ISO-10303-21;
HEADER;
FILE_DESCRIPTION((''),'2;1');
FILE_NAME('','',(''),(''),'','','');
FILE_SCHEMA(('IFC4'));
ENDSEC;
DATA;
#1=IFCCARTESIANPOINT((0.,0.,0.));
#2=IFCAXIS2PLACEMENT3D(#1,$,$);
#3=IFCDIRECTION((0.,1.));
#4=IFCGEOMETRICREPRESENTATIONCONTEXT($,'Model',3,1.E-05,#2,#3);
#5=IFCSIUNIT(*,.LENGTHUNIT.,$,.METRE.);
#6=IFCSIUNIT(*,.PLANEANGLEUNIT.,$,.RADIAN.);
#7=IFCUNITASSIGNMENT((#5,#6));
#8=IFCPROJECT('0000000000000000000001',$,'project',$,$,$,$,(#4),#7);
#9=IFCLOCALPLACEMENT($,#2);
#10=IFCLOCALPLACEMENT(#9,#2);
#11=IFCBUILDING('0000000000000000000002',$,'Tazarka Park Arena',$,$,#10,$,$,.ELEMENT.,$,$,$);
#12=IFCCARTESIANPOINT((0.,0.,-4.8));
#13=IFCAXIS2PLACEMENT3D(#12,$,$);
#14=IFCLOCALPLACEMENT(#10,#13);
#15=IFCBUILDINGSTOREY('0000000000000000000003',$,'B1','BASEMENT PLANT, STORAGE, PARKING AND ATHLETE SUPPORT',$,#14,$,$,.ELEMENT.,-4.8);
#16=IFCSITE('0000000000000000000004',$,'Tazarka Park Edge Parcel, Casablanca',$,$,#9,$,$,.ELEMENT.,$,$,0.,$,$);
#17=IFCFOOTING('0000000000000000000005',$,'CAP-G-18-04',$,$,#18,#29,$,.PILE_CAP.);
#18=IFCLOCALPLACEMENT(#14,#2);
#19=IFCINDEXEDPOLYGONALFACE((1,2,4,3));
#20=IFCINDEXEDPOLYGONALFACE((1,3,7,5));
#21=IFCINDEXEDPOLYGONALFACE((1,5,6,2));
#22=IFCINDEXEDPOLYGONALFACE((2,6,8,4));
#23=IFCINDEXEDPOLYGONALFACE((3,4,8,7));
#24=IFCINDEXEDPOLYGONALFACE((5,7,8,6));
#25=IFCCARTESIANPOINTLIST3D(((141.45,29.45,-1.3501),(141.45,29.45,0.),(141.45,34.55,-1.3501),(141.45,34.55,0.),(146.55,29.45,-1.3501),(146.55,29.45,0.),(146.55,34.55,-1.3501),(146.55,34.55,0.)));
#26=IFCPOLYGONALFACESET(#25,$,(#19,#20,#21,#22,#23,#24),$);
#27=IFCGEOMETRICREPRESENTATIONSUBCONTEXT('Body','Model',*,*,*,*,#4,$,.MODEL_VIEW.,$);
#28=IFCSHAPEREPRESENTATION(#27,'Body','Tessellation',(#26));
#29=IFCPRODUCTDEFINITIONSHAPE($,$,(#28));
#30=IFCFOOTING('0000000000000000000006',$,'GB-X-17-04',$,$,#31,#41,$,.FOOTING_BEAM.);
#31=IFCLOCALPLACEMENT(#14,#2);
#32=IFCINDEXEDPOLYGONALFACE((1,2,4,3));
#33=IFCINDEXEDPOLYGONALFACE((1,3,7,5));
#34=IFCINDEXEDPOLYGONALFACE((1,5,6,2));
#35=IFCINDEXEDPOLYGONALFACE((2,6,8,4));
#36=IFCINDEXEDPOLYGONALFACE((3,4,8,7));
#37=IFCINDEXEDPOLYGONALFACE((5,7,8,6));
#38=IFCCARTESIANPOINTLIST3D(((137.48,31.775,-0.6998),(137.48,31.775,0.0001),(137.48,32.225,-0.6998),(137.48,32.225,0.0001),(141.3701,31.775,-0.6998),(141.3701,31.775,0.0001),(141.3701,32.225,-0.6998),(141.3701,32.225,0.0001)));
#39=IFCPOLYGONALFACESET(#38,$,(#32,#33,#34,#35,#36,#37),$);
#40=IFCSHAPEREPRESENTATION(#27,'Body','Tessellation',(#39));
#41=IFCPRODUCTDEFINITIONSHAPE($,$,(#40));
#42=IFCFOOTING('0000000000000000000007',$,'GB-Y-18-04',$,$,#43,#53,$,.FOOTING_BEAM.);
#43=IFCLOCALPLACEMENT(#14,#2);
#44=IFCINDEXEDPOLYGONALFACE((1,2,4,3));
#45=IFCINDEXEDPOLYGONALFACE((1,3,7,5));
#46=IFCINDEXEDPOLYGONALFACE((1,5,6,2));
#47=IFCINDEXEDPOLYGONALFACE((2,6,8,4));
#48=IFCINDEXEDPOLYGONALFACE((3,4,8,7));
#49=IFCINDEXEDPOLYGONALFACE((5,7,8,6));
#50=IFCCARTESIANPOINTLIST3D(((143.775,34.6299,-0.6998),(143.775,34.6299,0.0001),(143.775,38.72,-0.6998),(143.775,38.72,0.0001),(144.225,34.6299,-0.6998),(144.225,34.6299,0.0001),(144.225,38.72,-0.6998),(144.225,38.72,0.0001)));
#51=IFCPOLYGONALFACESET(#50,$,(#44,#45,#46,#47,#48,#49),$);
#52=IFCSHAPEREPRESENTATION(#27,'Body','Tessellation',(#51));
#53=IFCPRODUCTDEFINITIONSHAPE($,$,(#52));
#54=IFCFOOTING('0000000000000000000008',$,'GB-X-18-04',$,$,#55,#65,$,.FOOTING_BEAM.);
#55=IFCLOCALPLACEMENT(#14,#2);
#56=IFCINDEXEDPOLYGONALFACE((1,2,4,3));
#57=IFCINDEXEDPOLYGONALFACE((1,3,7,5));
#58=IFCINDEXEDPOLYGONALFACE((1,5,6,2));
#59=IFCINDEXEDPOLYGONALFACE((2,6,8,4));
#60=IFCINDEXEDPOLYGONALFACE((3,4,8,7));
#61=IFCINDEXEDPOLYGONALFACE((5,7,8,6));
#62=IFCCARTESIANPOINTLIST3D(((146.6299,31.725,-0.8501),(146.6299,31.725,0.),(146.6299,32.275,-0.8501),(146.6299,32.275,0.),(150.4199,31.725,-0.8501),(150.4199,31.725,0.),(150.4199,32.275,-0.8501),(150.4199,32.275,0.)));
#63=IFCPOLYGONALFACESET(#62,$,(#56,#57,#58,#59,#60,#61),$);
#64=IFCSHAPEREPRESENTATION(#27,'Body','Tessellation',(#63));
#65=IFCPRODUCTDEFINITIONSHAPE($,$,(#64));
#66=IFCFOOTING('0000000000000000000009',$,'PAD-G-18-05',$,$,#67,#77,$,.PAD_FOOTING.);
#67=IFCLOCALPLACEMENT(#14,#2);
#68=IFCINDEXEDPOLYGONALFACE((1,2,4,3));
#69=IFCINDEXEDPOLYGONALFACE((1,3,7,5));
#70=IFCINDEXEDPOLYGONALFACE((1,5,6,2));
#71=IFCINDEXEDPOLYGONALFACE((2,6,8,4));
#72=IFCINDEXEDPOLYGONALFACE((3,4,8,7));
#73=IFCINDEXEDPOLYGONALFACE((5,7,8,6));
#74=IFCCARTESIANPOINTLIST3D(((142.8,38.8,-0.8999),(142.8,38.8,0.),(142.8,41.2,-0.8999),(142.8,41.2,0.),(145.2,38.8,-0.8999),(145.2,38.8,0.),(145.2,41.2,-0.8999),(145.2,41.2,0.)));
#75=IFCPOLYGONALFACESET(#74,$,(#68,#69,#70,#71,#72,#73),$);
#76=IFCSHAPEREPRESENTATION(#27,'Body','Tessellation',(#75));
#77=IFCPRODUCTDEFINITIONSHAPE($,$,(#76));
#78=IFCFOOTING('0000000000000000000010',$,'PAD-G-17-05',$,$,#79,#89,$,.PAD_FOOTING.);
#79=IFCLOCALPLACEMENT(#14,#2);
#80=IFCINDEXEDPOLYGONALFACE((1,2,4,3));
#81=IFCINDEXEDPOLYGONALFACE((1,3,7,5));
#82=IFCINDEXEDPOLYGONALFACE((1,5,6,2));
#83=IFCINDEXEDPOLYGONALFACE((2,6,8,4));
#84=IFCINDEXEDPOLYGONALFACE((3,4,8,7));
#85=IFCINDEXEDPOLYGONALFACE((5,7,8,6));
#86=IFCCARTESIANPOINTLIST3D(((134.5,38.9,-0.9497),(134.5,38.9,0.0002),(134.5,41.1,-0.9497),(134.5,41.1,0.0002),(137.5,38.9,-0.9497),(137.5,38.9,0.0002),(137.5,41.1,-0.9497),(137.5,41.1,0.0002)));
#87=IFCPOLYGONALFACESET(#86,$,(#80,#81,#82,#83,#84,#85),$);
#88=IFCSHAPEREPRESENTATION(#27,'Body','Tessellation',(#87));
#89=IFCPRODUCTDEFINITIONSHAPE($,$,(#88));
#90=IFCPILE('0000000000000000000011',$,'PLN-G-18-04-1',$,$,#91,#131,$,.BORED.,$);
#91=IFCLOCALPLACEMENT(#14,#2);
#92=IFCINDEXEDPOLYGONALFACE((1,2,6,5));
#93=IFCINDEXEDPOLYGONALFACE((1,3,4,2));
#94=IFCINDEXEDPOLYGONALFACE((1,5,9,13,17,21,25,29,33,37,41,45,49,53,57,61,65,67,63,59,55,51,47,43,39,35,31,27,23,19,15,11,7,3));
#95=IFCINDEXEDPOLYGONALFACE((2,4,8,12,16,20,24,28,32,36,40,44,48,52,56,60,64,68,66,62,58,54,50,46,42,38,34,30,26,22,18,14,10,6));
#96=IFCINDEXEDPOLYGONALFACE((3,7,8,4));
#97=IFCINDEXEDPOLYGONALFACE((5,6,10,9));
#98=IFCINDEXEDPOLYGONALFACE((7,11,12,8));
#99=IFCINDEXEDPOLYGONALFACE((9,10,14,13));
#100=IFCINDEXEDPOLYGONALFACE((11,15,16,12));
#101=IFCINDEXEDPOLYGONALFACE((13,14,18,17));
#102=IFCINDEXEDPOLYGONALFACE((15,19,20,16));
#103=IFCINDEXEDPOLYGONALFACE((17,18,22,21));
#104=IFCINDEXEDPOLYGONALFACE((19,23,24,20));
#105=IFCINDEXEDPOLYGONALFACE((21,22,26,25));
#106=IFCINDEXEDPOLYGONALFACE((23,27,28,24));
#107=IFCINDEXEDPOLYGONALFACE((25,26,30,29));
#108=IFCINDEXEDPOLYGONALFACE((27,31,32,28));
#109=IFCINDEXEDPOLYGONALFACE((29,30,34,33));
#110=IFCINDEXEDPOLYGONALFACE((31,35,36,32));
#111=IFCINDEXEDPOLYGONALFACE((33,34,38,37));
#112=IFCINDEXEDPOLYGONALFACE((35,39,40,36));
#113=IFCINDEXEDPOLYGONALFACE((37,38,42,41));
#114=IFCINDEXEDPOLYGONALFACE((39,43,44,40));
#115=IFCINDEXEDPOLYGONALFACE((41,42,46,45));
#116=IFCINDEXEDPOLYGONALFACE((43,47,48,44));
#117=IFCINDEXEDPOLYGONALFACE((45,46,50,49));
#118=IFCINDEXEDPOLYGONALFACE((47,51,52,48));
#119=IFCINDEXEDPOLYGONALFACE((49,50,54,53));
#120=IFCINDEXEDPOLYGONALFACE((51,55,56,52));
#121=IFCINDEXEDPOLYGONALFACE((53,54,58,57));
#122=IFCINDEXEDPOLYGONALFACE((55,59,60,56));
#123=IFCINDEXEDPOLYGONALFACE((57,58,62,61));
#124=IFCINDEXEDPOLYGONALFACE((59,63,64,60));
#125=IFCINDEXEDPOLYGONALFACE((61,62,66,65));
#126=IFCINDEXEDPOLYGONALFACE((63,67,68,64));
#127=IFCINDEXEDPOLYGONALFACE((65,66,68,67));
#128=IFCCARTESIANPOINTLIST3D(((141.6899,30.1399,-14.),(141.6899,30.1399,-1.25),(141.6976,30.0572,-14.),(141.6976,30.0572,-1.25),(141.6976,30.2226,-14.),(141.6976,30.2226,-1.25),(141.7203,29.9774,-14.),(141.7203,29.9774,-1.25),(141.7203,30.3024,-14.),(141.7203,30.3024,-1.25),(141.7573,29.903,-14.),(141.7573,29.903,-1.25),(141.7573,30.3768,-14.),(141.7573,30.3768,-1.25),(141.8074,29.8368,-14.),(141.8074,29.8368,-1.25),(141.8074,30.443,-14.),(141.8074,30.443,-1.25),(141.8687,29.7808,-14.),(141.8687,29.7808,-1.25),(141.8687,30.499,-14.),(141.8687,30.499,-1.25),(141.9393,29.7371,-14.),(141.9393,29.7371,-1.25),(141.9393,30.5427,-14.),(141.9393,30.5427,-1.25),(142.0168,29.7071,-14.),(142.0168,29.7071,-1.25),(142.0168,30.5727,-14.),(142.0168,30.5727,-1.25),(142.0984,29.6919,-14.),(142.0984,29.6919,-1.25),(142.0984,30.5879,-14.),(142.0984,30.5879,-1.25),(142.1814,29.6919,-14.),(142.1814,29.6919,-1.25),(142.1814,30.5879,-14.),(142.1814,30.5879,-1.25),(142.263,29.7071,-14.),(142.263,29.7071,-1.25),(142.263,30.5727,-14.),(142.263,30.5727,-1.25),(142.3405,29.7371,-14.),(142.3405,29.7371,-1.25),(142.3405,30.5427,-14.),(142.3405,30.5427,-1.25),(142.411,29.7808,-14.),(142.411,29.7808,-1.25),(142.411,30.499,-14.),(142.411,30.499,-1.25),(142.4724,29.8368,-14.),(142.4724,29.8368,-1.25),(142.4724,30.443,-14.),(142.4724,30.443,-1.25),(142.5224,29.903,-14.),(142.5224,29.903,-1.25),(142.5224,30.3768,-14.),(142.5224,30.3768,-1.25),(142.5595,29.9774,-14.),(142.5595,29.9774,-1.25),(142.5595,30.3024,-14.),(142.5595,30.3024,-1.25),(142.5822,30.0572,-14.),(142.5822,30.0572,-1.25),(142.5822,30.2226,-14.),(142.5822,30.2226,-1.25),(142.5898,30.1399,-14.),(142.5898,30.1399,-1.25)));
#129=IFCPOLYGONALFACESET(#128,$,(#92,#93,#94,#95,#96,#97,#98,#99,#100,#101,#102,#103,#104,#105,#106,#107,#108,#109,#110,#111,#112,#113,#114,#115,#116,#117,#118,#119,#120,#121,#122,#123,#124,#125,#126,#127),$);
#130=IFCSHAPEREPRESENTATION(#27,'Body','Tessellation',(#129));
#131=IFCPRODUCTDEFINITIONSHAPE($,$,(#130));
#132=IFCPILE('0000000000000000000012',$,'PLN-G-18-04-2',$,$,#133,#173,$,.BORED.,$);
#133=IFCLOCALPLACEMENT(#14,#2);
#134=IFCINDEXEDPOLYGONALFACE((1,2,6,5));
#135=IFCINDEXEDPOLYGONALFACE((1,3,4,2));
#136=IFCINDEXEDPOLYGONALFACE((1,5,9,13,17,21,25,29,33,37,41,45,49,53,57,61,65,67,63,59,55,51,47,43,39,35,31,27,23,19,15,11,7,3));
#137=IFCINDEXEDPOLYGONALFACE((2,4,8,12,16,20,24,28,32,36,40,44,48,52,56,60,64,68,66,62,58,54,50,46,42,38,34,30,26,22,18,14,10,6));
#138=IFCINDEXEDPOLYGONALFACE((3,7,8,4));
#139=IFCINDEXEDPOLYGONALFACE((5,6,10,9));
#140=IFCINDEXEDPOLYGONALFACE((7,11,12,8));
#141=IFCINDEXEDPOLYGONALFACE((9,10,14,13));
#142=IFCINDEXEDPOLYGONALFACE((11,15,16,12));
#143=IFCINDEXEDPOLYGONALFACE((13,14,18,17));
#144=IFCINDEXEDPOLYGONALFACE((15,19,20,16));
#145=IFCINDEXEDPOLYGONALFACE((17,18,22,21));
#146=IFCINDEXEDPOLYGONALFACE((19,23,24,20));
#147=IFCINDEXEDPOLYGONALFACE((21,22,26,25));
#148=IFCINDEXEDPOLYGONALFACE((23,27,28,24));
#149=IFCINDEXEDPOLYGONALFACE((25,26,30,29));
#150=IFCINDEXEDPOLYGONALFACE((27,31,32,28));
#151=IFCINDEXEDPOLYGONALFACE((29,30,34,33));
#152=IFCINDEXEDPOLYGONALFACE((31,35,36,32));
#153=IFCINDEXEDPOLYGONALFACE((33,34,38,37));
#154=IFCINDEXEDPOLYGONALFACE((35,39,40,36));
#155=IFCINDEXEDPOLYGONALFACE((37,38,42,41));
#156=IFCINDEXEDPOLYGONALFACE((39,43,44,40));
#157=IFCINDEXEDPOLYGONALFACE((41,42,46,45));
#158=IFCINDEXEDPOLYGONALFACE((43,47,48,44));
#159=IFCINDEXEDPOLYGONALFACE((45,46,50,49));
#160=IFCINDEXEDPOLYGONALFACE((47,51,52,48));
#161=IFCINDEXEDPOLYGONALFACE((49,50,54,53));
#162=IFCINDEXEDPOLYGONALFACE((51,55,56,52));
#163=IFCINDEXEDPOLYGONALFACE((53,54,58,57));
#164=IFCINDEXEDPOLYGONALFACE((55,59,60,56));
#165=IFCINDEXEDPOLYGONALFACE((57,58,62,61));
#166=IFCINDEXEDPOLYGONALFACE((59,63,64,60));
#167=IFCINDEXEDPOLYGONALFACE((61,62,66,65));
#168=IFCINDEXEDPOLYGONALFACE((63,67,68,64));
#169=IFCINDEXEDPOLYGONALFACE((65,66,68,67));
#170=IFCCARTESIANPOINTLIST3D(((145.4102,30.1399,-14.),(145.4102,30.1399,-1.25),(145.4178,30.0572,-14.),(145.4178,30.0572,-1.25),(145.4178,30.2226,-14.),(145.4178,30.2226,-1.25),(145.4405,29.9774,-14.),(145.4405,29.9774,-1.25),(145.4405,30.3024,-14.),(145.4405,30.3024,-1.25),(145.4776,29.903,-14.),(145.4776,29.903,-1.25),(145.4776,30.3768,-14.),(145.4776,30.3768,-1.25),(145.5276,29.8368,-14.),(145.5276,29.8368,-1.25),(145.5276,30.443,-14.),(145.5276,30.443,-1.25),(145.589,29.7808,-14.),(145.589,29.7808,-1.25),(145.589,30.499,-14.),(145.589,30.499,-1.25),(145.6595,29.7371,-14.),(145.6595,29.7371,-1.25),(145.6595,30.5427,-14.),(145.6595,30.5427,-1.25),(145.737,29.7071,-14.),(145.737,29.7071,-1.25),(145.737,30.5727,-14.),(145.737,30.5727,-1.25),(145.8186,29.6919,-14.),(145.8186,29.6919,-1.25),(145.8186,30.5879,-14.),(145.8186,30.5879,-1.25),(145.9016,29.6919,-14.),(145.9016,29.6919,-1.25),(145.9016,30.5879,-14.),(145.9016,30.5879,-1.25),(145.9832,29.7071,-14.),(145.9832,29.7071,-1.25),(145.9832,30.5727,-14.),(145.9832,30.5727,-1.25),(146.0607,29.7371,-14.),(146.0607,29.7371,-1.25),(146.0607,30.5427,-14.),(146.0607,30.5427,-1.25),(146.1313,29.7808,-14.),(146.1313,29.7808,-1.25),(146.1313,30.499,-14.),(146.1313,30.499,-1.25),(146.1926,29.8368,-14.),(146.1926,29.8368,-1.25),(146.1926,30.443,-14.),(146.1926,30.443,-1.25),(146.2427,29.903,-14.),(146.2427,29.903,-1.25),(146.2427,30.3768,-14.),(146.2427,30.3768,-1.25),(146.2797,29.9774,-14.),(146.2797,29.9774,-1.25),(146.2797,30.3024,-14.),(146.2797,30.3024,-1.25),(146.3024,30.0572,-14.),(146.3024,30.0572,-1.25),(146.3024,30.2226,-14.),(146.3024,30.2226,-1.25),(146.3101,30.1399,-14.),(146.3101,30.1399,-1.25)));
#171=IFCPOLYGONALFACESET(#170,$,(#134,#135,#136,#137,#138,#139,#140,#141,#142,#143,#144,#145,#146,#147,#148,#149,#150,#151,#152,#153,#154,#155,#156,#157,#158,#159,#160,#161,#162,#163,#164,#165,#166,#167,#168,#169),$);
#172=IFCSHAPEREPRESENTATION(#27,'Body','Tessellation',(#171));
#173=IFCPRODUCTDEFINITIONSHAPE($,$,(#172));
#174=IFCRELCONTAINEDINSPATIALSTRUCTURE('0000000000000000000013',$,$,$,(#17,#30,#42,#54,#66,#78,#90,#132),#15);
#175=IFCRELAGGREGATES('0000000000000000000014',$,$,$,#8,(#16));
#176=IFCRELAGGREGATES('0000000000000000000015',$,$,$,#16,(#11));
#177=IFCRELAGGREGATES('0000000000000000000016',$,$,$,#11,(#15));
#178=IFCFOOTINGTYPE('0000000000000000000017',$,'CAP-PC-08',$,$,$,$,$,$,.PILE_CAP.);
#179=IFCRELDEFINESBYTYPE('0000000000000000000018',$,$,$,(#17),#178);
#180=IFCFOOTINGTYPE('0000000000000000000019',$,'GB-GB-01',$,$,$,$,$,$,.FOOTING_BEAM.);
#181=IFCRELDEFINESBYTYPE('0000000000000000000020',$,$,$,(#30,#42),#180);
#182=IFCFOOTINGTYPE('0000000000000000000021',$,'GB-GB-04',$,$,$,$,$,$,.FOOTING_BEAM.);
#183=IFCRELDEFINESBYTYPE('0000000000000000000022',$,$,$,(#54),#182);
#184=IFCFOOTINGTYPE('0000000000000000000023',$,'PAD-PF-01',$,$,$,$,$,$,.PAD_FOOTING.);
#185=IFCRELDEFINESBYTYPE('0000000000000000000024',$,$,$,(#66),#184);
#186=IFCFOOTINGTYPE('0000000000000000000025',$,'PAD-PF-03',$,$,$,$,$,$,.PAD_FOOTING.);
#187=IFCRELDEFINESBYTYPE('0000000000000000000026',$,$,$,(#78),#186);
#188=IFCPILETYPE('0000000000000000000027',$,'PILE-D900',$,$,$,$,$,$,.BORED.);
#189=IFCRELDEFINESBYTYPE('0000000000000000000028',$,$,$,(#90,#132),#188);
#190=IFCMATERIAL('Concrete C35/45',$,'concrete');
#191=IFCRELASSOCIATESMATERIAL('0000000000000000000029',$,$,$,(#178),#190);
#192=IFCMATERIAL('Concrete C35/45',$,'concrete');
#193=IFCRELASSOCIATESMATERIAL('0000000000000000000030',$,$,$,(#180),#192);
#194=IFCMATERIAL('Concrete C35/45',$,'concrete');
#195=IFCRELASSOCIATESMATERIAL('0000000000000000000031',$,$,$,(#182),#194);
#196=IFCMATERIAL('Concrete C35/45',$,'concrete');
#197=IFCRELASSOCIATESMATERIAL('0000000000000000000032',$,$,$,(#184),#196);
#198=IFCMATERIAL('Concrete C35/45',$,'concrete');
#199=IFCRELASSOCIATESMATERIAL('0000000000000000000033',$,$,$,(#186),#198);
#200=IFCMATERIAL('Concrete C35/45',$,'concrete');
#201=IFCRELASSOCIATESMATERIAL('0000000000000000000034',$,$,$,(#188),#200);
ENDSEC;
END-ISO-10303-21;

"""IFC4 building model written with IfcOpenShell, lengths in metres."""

from ifc_helpers import new_model, si_unit, direction, frame, origin, origin_2d, place, context, subcontext, project, spatial, rectangle, circle, extrude, material, material_profile, profile_set, type_object, element, save


model = new_model("IFC4")

# Units and contexts
model_context = context("Model", 3, precision=1e-05, world=origin(), true_north=direction((0.0, 1.0)))
body_context = subcontext(model_context, "Body", "Model", "MODEL_VIEW")
ifc_project = project(units=[si_unit("LENGTHUNIT", "METRE"), si_unit("PLANEANGLEUNIT", "RADIAN")], contexts=[model_context])

# Site, building, storey
site_placement = place(None, origin())
site = spatial("IfcSite", under=ifc_project, at=site_placement, Name="Tazarka Park Edge Parcel, Casablanca", CompositionType="ELEMENT", RefElevation=0.0)
building_placement = place(site_placement, origin())
building = spatial("IfcBuilding", under=site, at=building_placement, Name="Tazarka Park Arena", CompositionType="ELEMENT")
storey_placement = place(building_placement, frame((0.0, 0.0, -4.8)))
storey = spatial("IfcBuildingStorey", under=building, at=storey_placement, Name="B1", Description="BASEMENT PLANT, STORAGE, PARKING AND ATHLETE SUPPORT", CompositionType="ELEMENT", Elevation=-4.8)

# Footings
ifc_material_1 = material(Name="Concrete C35/45", Category="concrete")
footing_type_1 = type_object("IfcFootingType", Name="CAP-PC-08", PredefinedType="PILE_CAP", material=ifc_material_1)
footing_1_placement = place(storey_placement, frame((144.0, 32.0, -1.3501), z_axis=(0.0, 0.0, 1.0), x_axis=(1.0, 0.0, 0.0)))
element("IfcFooting", 1, at=footing_1_placement, inside=storey, type_object=footing_type_1, Name="CAP-G-18-04", PredefinedType="PILE_CAP", context=body_context, shape_type="SweptSolid", body=[
    extrude(rectangle(XDim=5.1001, YDim=5.1001, at=origin_2d()), origin(), (0.0, 0.0, 1.0), 1.3501),
])
ifc_material_2 = material(Name="Concrete C35/45", Category="concrete")
ifc_material_profile_1 = material_profile(ifc_material_2, rectangle(XDim=0.45, YDim=0.7, at=origin_2d()), Name="Concrete C35/45")
ifc_profile_set_1 = profile_set([ifc_material_profile_1], Name="Concrete C35/45")
footing_type_2 = type_object("IfcFootingType", Name="GB-GB-01", PredefinedType="FOOTING_BEAM", material=ifc_profile_set_1)
footing_2_placement = place(storey_placement, frame((137.48, 32.0, -0.3499), z_axis=(1.0, 0.0, 0.0), x_axis=(0.0, 1.0, 0.0)))
element("IfcFooting", 2, at=footing_2_placement, inside=storey, type_object=footing_type_2, Name="GB-X-17-04", PredefinedType="FOOTING_BEAM", context=body_context, shape_type="SweptSolid", body=[
    extrude(rectangle(XDim=0.45, YDim=0.7, at=origin_2d()), origin(), (0.0, 0.0, 1.0), 3.8901),
])
footing_3_placement = place(storey_placement, frame((144.0, 34.6299, -0.3499), z_axis=(0.0, 1.0, 0.0), x_axis=(-1.0, 0.0, 0.0)))
element("IfcFooting", 3, at=footing_3_placement, inside=storey, type_object=footing_type_2, Name="GB-Y-18-04", PredefinedType="FOOTING_BEAM", context=body_context, shape_type="SweptSolid", body=[
    extrude(rectangle(XDim=0.45, YDim=0.7, at=origin_2d()), origin(), (0.0, 0.0, 1.0), 4.0901),
])
ifc_material_3 = material(Name="Concrete C35/45", Category="concrete")
ifc_material_profile_2 = material_profile(ifc_material_3, rectangle(XDim=0.55, YDim=0.8501, at=origin_2d()), Name="Concrete C35/45")
ifc_profile_set_2 = profile_set([ifc_material_profile_2], Name="Concrete C35/45")
footing_type_3 = type_object("IfcFootingType", Name="GB-GB-04", PredefinedType="FOOTING_BEAM", material=ifc_profile_set_2)
footing_4_placement = place(storey_placement, frame((146.6299, 32.0, -0.425), z_axis=(1.0, 0.0, 0.0), x_axis=(0.0, 1.0, 0.0)))
element("IfcFooting", 4, at=footing_4_placement, inside=storey, type_object=footing_type_3, Name="GB-X-18-04", PredefinedType="FOOTING_BEAM", context=body_context, shape_type="SweptSolid", body=[
    extrude(rectangle(XDim=0.55, YDim=0.8501, at=origin_2d()), origin(), (0.0, 0.0, 1.0), 3.79),
])
ifc_material_4 = material(Name="Concrete C35/45", Category="concrete")
footing_type_4 = type_object("IfcFootingType", Name="PAD-PF-01", PredefinedType="PAD_FOOTING", material=ifc_material_4)
footing_5_placement = place(storey_placement, frame((144.0, 40.0, -0.8999), z_axis=(0.0, 0.0, 1.0), x_axis=(1.0, 0.0, 0.0)))
element("IfcFooting", 5, at=footing_5_placement, inside=storey, type_object=footing_type_4, Name="PAD-G-18-05", PredefinedType="PAD_FOOTING", context=body_context, shape_type="SweptSolid", body=[
    extrude(rectangle(XDim=2.3999, YDim=2.3999, at=origin_2d()), origin(), (0.0, 0.0, 1.0), 0.8999),
])
ifc_material_5 = material(Name="Concrete C35/45", Category="concrete")
footing_type_5 = type_object("IfcFootingType", Name="PAD-PF-03", PredefinedType="PAD_FOOTING", material=ifc_material_5)
footing_6_placement = place(storey_placement, frame((136.0, 40.0, -0.9497), z_axis=(0.0, 0.0, 1.0), x_axis=(1.0, 0.0, 0.0)))
element("IfcFooting", 6, at=footing_6_placement, inside=storey, type_object=footing_type_5, Name="PAD-G-17-05", PredefinedType="PAD_FOOTING", context=body_context, shape_type="SweptSolid", body=[
    extrude(rectangle(XDim=3.0, YDim=2.2, at=origin_2d()), origin(), (0.0, 0.0, 1.0), 0.95),
])

# Piles
ifc_material_6 = material(Name="Concrete C35/45", Category="concrete")
ifc_material_profile_3 = material_profile(ifc_material_6, circle(Radius=0.45, at=origin_2d()), Name="Concrete C35/45")
ifc_profile_set_3 = profile_set([ifc_material_profile_3], Name="Concrete C35/45")
pile_type = type_object("IfcPileType", Name="PILE-D900", PredefinedType="BORED", material=ifc_profile_set_3)
for number, where, z_axis, x_axis, name in (
    (7, (142.1399, 30.1399, -1.25), (0.0, 0.0, -1.0), (1.0, 0.0, 0.0), "PLN-G-18-04-1"),
    (8, (145.8601, 30.1399, -1.25), (0.0, 0.0, -1.0), (1.0, 0.0, 0.0), "PLN-G-18-04-2"),
):
    element("IfcPile", number, at=place(storey_placement, frame(where, z_axis=z_axis, x_axis=x_axis)), inside=storey, type_object=pile_type, Name=name, PredefinedType="BORED", context=body_context, shape_type="SweptSolid", body=[
        extrude(circle(Radius=0.45, at=origin_2d()), origin(), (0.0, 0.0, 1.0), 12.75),
    ])

save(model, "model.ifc")
